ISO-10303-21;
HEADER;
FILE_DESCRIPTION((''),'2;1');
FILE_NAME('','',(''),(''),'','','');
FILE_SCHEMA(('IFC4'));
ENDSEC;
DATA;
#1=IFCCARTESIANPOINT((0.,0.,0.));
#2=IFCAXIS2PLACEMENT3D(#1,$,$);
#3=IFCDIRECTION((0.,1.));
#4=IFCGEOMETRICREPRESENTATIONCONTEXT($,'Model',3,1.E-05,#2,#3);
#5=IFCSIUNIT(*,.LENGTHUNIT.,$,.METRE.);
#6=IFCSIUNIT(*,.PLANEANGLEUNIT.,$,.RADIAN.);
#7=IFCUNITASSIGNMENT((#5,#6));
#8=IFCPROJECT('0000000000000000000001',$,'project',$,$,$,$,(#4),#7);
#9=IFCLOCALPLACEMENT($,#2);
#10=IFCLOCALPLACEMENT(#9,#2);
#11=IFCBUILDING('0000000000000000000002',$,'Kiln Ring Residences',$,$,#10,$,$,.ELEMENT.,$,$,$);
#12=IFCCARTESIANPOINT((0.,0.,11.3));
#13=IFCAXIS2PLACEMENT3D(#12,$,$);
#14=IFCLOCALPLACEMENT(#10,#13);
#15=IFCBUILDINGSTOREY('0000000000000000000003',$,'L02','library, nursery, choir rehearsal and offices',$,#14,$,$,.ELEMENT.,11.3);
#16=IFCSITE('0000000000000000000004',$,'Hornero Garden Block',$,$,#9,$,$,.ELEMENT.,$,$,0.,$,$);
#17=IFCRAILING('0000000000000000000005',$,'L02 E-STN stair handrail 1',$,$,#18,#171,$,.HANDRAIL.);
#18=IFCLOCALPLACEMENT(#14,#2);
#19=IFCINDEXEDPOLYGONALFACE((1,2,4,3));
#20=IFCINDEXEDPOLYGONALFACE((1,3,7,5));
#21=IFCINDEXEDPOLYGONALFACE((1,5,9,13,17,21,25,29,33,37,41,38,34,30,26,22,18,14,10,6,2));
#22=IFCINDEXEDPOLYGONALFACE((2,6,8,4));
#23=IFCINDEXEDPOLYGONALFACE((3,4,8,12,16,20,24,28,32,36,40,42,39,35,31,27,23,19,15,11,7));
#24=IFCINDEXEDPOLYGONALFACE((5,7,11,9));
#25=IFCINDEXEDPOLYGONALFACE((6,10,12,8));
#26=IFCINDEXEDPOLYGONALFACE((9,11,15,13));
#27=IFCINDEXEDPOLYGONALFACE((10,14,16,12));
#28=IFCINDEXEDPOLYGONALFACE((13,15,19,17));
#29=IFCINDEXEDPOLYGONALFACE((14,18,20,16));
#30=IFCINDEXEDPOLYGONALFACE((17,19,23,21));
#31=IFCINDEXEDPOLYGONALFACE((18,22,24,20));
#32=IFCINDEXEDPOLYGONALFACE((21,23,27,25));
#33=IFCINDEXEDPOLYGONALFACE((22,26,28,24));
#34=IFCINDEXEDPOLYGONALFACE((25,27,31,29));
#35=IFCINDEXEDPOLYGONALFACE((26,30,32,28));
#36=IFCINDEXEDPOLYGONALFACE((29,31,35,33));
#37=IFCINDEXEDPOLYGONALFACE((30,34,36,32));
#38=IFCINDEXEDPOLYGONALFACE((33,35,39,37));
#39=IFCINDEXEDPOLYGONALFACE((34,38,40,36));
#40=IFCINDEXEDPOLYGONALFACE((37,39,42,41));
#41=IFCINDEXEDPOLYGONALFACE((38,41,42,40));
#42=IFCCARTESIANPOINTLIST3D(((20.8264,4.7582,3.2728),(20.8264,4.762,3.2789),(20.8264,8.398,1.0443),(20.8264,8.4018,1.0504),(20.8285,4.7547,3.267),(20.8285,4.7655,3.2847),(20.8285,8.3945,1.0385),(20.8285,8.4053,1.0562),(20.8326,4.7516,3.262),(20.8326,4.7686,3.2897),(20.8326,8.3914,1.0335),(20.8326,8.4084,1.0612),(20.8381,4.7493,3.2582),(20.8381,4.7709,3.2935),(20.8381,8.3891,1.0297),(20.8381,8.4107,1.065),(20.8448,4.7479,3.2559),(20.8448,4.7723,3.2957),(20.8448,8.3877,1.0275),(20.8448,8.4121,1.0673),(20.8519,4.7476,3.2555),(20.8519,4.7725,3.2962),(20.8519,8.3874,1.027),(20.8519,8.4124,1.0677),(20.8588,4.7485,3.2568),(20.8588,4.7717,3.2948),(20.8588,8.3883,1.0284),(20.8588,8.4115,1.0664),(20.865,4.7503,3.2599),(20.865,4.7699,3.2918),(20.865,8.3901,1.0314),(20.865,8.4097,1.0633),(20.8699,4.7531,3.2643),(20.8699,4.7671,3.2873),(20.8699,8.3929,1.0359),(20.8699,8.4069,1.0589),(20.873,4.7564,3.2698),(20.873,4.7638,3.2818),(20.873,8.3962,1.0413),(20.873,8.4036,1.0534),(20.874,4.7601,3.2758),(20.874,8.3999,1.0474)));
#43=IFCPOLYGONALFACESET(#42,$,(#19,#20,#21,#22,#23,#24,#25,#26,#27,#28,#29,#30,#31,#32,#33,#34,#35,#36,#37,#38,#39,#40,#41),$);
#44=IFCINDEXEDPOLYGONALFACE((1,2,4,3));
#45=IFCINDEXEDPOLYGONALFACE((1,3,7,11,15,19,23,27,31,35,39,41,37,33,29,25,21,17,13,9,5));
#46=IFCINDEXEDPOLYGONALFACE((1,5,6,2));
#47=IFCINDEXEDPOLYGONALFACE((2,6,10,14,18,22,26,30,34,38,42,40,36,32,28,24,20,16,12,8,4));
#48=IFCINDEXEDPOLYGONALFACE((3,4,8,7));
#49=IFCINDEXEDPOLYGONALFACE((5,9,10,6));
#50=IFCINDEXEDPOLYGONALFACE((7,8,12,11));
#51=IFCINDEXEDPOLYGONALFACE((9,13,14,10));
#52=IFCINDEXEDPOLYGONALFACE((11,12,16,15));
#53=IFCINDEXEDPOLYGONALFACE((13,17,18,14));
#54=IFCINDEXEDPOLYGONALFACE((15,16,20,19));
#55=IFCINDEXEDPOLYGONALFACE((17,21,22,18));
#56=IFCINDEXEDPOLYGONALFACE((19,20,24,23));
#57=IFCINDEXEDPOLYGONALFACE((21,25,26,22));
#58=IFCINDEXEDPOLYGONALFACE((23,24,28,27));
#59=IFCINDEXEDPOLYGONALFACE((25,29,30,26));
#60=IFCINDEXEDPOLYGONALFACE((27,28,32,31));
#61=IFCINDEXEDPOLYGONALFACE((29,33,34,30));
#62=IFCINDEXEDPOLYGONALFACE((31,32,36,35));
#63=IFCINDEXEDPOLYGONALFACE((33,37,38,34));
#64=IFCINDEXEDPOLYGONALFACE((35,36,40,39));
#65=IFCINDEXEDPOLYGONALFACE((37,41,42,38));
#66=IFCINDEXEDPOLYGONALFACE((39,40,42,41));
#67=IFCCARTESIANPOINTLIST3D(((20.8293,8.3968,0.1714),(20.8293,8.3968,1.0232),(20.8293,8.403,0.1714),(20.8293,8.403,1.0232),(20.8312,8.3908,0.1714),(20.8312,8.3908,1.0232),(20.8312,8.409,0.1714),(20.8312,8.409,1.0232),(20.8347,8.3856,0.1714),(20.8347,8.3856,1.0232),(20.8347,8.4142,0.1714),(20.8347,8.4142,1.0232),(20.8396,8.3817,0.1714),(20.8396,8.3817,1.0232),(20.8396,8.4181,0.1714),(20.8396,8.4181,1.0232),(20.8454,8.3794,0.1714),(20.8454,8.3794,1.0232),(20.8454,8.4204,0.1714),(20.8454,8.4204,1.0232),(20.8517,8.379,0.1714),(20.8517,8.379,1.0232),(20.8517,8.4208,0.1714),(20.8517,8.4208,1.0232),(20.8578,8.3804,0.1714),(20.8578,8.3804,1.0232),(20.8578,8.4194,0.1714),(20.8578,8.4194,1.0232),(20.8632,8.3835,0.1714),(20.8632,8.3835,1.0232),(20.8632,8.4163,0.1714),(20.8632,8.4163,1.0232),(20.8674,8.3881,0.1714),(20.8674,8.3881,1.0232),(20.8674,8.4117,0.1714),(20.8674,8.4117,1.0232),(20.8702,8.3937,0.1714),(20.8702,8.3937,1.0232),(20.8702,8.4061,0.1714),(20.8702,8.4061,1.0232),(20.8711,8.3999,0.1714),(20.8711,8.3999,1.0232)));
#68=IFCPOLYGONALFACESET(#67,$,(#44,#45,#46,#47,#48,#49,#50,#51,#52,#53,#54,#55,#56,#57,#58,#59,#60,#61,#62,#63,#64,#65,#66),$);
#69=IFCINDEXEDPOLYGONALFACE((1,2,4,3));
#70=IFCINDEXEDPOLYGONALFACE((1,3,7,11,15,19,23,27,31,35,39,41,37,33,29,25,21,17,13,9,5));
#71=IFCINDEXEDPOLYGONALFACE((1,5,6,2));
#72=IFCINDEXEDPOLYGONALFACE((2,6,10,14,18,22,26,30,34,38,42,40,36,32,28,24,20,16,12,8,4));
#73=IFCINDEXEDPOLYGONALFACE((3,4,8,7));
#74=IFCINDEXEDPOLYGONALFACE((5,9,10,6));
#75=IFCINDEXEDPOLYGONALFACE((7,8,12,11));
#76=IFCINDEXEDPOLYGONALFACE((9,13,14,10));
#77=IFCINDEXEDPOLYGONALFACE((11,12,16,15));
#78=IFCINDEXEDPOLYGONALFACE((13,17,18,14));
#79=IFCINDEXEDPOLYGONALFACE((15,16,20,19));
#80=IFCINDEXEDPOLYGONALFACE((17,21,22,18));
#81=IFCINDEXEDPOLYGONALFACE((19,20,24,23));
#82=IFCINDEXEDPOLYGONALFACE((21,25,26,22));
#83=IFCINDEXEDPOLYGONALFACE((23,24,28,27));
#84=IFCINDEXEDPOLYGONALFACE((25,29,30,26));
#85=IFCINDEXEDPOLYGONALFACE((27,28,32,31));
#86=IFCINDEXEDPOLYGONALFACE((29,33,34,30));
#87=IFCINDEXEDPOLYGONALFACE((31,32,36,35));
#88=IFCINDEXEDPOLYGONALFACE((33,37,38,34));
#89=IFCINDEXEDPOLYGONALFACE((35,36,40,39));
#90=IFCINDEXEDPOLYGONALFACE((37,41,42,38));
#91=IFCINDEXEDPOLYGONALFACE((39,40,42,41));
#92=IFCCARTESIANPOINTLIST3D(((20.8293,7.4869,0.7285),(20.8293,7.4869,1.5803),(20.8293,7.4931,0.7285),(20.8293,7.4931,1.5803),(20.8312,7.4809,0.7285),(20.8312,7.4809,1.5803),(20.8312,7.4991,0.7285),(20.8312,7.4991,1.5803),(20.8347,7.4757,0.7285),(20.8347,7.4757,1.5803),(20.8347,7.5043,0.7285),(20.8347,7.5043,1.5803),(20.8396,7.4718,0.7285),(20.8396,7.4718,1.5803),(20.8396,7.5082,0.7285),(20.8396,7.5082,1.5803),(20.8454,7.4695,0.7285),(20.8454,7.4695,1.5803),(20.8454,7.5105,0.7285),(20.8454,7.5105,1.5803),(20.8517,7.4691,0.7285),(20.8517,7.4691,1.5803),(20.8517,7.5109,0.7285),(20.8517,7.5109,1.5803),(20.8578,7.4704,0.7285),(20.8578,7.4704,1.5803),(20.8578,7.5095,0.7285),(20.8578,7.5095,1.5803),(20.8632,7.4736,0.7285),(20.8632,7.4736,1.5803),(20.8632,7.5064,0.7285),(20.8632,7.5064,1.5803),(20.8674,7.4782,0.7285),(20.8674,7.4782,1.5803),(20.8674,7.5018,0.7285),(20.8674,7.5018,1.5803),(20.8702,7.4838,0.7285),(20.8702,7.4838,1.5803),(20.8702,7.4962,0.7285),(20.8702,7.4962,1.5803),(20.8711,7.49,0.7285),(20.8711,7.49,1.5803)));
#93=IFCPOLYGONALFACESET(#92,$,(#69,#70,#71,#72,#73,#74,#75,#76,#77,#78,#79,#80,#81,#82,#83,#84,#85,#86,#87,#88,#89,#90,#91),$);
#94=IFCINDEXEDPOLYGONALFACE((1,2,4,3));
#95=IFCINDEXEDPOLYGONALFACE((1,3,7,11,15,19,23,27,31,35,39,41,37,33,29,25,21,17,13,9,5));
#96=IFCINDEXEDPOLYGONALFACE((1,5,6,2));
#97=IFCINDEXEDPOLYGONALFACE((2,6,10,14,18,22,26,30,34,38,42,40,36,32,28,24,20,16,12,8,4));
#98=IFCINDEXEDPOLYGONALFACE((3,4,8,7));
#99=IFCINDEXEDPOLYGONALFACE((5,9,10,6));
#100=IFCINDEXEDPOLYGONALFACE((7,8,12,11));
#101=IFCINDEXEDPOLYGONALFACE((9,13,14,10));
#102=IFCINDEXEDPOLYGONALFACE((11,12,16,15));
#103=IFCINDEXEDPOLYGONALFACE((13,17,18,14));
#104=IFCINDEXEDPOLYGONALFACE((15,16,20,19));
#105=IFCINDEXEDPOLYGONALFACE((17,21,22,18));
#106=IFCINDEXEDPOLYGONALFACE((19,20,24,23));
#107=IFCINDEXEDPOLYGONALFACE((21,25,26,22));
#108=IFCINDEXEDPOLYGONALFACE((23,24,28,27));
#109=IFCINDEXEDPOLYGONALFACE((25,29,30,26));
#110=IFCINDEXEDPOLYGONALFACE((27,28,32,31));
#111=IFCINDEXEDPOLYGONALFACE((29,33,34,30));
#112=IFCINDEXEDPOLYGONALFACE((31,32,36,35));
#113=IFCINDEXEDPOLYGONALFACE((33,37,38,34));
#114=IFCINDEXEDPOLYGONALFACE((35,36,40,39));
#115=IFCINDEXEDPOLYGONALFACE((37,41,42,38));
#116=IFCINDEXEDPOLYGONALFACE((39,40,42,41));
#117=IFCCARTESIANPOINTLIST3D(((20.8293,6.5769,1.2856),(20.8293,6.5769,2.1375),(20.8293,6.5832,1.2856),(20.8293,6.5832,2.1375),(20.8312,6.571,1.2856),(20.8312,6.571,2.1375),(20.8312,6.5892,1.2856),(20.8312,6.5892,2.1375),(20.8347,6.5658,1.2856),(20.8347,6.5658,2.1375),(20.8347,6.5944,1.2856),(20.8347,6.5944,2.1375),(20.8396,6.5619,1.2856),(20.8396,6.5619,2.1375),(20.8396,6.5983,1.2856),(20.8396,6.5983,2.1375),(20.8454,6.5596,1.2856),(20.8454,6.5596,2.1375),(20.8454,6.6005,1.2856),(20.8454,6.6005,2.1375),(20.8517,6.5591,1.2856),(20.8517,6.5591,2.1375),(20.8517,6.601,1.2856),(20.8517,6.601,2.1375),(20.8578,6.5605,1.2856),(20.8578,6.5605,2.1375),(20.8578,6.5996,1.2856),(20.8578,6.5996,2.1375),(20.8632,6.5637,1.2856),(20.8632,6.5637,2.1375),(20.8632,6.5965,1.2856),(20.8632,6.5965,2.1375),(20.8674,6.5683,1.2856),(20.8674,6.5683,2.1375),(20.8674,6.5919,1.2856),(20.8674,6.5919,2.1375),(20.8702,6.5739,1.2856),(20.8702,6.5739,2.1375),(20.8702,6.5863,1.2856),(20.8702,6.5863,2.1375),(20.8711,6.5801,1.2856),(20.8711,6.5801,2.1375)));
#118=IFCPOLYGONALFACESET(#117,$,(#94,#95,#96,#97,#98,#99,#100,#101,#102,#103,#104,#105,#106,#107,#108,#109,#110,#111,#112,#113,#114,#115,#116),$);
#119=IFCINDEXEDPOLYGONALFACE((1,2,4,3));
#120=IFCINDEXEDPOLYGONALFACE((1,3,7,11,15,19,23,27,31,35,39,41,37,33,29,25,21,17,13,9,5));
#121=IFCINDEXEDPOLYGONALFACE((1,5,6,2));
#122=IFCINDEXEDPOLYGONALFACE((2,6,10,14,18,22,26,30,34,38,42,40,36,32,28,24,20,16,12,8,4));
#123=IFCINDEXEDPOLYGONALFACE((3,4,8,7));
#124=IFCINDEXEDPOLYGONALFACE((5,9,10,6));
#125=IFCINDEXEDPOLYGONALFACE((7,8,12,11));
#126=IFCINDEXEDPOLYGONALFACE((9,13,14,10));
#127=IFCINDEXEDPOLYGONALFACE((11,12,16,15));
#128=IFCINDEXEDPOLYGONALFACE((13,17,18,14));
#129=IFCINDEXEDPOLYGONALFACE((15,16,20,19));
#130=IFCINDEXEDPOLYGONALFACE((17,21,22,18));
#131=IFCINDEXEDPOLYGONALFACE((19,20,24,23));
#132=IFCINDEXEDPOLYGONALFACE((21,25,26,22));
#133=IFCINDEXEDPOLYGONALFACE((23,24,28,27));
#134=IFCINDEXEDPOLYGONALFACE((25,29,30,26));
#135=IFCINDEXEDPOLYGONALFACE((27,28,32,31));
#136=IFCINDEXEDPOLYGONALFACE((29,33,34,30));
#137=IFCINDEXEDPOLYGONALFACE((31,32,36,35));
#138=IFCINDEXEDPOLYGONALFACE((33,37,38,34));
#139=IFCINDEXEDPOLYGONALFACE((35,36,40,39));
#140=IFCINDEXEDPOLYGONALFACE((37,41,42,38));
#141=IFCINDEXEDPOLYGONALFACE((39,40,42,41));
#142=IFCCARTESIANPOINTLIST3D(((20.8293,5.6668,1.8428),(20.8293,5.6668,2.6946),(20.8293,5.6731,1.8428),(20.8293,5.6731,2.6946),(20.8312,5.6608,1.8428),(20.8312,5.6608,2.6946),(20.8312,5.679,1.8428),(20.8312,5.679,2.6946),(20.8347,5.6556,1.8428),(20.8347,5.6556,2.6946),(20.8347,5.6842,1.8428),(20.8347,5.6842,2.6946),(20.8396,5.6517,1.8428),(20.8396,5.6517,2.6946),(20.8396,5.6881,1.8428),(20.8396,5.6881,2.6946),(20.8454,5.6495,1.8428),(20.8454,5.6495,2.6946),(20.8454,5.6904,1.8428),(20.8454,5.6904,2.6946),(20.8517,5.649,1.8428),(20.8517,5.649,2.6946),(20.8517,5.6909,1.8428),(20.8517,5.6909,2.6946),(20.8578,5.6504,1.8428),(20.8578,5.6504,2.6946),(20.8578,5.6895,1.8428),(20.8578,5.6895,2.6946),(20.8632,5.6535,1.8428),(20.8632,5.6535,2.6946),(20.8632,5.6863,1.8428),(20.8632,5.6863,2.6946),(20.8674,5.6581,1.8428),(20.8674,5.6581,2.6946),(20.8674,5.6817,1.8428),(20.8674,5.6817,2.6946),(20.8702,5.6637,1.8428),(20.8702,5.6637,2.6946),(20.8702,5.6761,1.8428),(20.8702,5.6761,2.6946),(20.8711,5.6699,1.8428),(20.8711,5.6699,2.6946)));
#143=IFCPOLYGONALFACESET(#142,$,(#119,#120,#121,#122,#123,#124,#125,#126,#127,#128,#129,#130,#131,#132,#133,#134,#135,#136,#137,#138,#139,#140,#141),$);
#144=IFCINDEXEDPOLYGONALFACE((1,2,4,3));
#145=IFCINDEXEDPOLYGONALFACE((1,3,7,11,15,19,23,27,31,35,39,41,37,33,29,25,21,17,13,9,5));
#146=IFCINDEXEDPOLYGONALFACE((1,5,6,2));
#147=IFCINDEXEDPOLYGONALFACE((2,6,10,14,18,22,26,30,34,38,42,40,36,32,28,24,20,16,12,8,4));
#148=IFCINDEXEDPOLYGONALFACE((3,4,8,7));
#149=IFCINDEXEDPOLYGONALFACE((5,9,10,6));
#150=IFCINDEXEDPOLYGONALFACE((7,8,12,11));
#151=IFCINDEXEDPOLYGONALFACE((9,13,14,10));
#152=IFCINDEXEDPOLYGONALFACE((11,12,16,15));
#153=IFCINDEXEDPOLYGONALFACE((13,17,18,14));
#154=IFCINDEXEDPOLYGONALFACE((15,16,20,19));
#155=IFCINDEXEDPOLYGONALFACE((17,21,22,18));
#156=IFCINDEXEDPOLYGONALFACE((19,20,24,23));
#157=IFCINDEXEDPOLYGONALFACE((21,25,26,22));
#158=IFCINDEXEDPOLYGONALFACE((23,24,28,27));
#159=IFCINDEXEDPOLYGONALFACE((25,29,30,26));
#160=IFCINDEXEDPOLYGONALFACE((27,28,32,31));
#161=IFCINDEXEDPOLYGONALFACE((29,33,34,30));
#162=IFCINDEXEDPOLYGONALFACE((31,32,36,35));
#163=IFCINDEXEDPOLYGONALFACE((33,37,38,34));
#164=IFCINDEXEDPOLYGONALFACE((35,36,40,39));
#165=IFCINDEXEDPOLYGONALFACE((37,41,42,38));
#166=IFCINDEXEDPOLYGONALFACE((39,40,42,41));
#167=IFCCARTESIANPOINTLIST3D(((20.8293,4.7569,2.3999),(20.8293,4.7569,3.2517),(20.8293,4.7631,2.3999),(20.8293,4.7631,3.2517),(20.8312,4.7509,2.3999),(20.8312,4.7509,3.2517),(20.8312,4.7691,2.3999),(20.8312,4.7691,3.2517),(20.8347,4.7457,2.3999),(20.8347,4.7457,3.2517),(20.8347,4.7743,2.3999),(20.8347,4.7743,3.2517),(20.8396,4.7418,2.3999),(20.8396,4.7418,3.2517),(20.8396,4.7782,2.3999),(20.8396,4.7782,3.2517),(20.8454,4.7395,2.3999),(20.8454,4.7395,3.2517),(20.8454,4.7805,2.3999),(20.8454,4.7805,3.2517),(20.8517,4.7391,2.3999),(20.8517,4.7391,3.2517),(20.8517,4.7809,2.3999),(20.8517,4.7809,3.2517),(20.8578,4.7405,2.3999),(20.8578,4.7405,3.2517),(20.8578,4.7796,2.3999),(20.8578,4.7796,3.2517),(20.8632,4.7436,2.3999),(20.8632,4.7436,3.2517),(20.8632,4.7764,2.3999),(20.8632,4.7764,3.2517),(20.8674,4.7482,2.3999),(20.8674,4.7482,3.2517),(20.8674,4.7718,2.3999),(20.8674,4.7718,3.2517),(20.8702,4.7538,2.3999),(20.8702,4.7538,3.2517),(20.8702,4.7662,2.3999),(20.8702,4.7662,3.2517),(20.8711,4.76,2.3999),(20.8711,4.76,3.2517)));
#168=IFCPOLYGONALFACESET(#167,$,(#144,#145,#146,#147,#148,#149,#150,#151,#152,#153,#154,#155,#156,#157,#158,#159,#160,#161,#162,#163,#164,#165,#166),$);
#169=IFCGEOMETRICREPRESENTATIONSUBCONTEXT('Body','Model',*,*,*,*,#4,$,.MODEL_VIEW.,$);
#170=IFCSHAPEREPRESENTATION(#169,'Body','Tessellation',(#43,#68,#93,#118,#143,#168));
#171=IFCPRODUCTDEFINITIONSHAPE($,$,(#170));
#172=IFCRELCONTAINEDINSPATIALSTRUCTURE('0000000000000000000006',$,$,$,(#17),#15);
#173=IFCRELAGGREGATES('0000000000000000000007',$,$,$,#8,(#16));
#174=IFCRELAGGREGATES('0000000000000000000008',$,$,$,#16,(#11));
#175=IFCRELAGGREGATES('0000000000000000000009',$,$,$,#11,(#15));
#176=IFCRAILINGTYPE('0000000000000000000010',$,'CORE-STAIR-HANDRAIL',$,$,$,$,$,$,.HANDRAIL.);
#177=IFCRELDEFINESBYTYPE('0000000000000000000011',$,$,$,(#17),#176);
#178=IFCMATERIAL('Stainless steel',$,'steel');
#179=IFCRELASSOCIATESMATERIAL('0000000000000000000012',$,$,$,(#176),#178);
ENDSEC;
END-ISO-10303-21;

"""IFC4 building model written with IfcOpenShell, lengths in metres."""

from ifc_helpers import new_model, si_unit, direction, frame, origin, origin_2d, place, context, subcontext, project, spatial, circle, extrude, material, type_object, element, save


model = new_model("IFC4")

# Units and contexts
model_context = context("Model", 3, precision=1e-05, world=origin(), true_north=direction((0.0, 1.0)))
body_context = subcontext(model_context, "Body", "Model", "MODEL_VIEW")
ifc_project = project(units=[si_unit("LENGTHUNIT", "METRE"), si_unit("PLANEANGLEUNIT", "RADIAN")], contexts=[model_context])

# Site, building, storey
site_placement = place(None, origin())
site = spatial("IfcSite", under=ifc_project, at=site_placement, Name="Hornero Garden Block", CompositionType="ELEMENT", RefElevation=0.0)
building_placement = place(site_placement, origin())
building = spatial("IfcBuilding", under=site, at=building_placement, Name="Kiln Ring Residences", CompositionType="ELEMENT")
storey_placement = place(building_placement, frame((0.0, 0.0, 11.3)))
storey = spatial("IfcBuildingStorey", under=building, at=storey_placement, Name="L02", Description="library, nursery, choir rehearsal and offices", CompositionType="ELEMENT", Elevation=11.3)

# Railing
ifc_material_1 = material(Name="Stainless steel", Category="steel")
railing_type_1 = type_object("IfcRailingType", Name="CORE-STAIR-HANDRAIL", PredefinedType="HANDRAIL", material=ifc_material_1)
railing_1_placement = place(storey_placement, frame((20.8501, 8.3999, 0.1714)))
element("IfcRailing", 1, at=railing_1_placement, inside=storey, type_object=railing_type_1, Name="L02 E-STN stair handrail 1", PredefinedType="HANDRAIL", context=body_context, shape_type="SweptSolid", body=[
    extrude(circle(Radius=0.0239, at=origin_2d()), frame((0.0, 0.0, 0.876), z_axis=(0.0, -0.85285, 0.522156), x_axis=(1.0, 0.0, 0.0)), (0.0, 0.0, 1.0), 4.2678),
    extrude(circle(Radius=0.021, at=origin_2d()), origin(), (0.0, 0.0, 1.0), 0.8518),
    extrude(circle(Radius=0.021, at=origin_2d()), frame((0.0, -0.9099, 0.5571)), (0.0, 0.0, 1.0), 0.8518),
    extrude(circle(Radius=0.021, at=origin_2d()), frame((0.0, -1.8198, 1.1143)), (0.0, 0.0, 1.0), 0.8518),
    extrude(circle(Radius=0.021, at=origin_2d()), frame((0.0, -2.73, 1.6714)), (0.0, 0.0, 1.0), 0.8518),
    extrude(circle(Radius=0.021, at=origin_2d()), frame((0.0, -3.6399, 2.2285)), (0.0, 0.0, 1.0), 0.8518),
])

save(model, "model.ifc")
